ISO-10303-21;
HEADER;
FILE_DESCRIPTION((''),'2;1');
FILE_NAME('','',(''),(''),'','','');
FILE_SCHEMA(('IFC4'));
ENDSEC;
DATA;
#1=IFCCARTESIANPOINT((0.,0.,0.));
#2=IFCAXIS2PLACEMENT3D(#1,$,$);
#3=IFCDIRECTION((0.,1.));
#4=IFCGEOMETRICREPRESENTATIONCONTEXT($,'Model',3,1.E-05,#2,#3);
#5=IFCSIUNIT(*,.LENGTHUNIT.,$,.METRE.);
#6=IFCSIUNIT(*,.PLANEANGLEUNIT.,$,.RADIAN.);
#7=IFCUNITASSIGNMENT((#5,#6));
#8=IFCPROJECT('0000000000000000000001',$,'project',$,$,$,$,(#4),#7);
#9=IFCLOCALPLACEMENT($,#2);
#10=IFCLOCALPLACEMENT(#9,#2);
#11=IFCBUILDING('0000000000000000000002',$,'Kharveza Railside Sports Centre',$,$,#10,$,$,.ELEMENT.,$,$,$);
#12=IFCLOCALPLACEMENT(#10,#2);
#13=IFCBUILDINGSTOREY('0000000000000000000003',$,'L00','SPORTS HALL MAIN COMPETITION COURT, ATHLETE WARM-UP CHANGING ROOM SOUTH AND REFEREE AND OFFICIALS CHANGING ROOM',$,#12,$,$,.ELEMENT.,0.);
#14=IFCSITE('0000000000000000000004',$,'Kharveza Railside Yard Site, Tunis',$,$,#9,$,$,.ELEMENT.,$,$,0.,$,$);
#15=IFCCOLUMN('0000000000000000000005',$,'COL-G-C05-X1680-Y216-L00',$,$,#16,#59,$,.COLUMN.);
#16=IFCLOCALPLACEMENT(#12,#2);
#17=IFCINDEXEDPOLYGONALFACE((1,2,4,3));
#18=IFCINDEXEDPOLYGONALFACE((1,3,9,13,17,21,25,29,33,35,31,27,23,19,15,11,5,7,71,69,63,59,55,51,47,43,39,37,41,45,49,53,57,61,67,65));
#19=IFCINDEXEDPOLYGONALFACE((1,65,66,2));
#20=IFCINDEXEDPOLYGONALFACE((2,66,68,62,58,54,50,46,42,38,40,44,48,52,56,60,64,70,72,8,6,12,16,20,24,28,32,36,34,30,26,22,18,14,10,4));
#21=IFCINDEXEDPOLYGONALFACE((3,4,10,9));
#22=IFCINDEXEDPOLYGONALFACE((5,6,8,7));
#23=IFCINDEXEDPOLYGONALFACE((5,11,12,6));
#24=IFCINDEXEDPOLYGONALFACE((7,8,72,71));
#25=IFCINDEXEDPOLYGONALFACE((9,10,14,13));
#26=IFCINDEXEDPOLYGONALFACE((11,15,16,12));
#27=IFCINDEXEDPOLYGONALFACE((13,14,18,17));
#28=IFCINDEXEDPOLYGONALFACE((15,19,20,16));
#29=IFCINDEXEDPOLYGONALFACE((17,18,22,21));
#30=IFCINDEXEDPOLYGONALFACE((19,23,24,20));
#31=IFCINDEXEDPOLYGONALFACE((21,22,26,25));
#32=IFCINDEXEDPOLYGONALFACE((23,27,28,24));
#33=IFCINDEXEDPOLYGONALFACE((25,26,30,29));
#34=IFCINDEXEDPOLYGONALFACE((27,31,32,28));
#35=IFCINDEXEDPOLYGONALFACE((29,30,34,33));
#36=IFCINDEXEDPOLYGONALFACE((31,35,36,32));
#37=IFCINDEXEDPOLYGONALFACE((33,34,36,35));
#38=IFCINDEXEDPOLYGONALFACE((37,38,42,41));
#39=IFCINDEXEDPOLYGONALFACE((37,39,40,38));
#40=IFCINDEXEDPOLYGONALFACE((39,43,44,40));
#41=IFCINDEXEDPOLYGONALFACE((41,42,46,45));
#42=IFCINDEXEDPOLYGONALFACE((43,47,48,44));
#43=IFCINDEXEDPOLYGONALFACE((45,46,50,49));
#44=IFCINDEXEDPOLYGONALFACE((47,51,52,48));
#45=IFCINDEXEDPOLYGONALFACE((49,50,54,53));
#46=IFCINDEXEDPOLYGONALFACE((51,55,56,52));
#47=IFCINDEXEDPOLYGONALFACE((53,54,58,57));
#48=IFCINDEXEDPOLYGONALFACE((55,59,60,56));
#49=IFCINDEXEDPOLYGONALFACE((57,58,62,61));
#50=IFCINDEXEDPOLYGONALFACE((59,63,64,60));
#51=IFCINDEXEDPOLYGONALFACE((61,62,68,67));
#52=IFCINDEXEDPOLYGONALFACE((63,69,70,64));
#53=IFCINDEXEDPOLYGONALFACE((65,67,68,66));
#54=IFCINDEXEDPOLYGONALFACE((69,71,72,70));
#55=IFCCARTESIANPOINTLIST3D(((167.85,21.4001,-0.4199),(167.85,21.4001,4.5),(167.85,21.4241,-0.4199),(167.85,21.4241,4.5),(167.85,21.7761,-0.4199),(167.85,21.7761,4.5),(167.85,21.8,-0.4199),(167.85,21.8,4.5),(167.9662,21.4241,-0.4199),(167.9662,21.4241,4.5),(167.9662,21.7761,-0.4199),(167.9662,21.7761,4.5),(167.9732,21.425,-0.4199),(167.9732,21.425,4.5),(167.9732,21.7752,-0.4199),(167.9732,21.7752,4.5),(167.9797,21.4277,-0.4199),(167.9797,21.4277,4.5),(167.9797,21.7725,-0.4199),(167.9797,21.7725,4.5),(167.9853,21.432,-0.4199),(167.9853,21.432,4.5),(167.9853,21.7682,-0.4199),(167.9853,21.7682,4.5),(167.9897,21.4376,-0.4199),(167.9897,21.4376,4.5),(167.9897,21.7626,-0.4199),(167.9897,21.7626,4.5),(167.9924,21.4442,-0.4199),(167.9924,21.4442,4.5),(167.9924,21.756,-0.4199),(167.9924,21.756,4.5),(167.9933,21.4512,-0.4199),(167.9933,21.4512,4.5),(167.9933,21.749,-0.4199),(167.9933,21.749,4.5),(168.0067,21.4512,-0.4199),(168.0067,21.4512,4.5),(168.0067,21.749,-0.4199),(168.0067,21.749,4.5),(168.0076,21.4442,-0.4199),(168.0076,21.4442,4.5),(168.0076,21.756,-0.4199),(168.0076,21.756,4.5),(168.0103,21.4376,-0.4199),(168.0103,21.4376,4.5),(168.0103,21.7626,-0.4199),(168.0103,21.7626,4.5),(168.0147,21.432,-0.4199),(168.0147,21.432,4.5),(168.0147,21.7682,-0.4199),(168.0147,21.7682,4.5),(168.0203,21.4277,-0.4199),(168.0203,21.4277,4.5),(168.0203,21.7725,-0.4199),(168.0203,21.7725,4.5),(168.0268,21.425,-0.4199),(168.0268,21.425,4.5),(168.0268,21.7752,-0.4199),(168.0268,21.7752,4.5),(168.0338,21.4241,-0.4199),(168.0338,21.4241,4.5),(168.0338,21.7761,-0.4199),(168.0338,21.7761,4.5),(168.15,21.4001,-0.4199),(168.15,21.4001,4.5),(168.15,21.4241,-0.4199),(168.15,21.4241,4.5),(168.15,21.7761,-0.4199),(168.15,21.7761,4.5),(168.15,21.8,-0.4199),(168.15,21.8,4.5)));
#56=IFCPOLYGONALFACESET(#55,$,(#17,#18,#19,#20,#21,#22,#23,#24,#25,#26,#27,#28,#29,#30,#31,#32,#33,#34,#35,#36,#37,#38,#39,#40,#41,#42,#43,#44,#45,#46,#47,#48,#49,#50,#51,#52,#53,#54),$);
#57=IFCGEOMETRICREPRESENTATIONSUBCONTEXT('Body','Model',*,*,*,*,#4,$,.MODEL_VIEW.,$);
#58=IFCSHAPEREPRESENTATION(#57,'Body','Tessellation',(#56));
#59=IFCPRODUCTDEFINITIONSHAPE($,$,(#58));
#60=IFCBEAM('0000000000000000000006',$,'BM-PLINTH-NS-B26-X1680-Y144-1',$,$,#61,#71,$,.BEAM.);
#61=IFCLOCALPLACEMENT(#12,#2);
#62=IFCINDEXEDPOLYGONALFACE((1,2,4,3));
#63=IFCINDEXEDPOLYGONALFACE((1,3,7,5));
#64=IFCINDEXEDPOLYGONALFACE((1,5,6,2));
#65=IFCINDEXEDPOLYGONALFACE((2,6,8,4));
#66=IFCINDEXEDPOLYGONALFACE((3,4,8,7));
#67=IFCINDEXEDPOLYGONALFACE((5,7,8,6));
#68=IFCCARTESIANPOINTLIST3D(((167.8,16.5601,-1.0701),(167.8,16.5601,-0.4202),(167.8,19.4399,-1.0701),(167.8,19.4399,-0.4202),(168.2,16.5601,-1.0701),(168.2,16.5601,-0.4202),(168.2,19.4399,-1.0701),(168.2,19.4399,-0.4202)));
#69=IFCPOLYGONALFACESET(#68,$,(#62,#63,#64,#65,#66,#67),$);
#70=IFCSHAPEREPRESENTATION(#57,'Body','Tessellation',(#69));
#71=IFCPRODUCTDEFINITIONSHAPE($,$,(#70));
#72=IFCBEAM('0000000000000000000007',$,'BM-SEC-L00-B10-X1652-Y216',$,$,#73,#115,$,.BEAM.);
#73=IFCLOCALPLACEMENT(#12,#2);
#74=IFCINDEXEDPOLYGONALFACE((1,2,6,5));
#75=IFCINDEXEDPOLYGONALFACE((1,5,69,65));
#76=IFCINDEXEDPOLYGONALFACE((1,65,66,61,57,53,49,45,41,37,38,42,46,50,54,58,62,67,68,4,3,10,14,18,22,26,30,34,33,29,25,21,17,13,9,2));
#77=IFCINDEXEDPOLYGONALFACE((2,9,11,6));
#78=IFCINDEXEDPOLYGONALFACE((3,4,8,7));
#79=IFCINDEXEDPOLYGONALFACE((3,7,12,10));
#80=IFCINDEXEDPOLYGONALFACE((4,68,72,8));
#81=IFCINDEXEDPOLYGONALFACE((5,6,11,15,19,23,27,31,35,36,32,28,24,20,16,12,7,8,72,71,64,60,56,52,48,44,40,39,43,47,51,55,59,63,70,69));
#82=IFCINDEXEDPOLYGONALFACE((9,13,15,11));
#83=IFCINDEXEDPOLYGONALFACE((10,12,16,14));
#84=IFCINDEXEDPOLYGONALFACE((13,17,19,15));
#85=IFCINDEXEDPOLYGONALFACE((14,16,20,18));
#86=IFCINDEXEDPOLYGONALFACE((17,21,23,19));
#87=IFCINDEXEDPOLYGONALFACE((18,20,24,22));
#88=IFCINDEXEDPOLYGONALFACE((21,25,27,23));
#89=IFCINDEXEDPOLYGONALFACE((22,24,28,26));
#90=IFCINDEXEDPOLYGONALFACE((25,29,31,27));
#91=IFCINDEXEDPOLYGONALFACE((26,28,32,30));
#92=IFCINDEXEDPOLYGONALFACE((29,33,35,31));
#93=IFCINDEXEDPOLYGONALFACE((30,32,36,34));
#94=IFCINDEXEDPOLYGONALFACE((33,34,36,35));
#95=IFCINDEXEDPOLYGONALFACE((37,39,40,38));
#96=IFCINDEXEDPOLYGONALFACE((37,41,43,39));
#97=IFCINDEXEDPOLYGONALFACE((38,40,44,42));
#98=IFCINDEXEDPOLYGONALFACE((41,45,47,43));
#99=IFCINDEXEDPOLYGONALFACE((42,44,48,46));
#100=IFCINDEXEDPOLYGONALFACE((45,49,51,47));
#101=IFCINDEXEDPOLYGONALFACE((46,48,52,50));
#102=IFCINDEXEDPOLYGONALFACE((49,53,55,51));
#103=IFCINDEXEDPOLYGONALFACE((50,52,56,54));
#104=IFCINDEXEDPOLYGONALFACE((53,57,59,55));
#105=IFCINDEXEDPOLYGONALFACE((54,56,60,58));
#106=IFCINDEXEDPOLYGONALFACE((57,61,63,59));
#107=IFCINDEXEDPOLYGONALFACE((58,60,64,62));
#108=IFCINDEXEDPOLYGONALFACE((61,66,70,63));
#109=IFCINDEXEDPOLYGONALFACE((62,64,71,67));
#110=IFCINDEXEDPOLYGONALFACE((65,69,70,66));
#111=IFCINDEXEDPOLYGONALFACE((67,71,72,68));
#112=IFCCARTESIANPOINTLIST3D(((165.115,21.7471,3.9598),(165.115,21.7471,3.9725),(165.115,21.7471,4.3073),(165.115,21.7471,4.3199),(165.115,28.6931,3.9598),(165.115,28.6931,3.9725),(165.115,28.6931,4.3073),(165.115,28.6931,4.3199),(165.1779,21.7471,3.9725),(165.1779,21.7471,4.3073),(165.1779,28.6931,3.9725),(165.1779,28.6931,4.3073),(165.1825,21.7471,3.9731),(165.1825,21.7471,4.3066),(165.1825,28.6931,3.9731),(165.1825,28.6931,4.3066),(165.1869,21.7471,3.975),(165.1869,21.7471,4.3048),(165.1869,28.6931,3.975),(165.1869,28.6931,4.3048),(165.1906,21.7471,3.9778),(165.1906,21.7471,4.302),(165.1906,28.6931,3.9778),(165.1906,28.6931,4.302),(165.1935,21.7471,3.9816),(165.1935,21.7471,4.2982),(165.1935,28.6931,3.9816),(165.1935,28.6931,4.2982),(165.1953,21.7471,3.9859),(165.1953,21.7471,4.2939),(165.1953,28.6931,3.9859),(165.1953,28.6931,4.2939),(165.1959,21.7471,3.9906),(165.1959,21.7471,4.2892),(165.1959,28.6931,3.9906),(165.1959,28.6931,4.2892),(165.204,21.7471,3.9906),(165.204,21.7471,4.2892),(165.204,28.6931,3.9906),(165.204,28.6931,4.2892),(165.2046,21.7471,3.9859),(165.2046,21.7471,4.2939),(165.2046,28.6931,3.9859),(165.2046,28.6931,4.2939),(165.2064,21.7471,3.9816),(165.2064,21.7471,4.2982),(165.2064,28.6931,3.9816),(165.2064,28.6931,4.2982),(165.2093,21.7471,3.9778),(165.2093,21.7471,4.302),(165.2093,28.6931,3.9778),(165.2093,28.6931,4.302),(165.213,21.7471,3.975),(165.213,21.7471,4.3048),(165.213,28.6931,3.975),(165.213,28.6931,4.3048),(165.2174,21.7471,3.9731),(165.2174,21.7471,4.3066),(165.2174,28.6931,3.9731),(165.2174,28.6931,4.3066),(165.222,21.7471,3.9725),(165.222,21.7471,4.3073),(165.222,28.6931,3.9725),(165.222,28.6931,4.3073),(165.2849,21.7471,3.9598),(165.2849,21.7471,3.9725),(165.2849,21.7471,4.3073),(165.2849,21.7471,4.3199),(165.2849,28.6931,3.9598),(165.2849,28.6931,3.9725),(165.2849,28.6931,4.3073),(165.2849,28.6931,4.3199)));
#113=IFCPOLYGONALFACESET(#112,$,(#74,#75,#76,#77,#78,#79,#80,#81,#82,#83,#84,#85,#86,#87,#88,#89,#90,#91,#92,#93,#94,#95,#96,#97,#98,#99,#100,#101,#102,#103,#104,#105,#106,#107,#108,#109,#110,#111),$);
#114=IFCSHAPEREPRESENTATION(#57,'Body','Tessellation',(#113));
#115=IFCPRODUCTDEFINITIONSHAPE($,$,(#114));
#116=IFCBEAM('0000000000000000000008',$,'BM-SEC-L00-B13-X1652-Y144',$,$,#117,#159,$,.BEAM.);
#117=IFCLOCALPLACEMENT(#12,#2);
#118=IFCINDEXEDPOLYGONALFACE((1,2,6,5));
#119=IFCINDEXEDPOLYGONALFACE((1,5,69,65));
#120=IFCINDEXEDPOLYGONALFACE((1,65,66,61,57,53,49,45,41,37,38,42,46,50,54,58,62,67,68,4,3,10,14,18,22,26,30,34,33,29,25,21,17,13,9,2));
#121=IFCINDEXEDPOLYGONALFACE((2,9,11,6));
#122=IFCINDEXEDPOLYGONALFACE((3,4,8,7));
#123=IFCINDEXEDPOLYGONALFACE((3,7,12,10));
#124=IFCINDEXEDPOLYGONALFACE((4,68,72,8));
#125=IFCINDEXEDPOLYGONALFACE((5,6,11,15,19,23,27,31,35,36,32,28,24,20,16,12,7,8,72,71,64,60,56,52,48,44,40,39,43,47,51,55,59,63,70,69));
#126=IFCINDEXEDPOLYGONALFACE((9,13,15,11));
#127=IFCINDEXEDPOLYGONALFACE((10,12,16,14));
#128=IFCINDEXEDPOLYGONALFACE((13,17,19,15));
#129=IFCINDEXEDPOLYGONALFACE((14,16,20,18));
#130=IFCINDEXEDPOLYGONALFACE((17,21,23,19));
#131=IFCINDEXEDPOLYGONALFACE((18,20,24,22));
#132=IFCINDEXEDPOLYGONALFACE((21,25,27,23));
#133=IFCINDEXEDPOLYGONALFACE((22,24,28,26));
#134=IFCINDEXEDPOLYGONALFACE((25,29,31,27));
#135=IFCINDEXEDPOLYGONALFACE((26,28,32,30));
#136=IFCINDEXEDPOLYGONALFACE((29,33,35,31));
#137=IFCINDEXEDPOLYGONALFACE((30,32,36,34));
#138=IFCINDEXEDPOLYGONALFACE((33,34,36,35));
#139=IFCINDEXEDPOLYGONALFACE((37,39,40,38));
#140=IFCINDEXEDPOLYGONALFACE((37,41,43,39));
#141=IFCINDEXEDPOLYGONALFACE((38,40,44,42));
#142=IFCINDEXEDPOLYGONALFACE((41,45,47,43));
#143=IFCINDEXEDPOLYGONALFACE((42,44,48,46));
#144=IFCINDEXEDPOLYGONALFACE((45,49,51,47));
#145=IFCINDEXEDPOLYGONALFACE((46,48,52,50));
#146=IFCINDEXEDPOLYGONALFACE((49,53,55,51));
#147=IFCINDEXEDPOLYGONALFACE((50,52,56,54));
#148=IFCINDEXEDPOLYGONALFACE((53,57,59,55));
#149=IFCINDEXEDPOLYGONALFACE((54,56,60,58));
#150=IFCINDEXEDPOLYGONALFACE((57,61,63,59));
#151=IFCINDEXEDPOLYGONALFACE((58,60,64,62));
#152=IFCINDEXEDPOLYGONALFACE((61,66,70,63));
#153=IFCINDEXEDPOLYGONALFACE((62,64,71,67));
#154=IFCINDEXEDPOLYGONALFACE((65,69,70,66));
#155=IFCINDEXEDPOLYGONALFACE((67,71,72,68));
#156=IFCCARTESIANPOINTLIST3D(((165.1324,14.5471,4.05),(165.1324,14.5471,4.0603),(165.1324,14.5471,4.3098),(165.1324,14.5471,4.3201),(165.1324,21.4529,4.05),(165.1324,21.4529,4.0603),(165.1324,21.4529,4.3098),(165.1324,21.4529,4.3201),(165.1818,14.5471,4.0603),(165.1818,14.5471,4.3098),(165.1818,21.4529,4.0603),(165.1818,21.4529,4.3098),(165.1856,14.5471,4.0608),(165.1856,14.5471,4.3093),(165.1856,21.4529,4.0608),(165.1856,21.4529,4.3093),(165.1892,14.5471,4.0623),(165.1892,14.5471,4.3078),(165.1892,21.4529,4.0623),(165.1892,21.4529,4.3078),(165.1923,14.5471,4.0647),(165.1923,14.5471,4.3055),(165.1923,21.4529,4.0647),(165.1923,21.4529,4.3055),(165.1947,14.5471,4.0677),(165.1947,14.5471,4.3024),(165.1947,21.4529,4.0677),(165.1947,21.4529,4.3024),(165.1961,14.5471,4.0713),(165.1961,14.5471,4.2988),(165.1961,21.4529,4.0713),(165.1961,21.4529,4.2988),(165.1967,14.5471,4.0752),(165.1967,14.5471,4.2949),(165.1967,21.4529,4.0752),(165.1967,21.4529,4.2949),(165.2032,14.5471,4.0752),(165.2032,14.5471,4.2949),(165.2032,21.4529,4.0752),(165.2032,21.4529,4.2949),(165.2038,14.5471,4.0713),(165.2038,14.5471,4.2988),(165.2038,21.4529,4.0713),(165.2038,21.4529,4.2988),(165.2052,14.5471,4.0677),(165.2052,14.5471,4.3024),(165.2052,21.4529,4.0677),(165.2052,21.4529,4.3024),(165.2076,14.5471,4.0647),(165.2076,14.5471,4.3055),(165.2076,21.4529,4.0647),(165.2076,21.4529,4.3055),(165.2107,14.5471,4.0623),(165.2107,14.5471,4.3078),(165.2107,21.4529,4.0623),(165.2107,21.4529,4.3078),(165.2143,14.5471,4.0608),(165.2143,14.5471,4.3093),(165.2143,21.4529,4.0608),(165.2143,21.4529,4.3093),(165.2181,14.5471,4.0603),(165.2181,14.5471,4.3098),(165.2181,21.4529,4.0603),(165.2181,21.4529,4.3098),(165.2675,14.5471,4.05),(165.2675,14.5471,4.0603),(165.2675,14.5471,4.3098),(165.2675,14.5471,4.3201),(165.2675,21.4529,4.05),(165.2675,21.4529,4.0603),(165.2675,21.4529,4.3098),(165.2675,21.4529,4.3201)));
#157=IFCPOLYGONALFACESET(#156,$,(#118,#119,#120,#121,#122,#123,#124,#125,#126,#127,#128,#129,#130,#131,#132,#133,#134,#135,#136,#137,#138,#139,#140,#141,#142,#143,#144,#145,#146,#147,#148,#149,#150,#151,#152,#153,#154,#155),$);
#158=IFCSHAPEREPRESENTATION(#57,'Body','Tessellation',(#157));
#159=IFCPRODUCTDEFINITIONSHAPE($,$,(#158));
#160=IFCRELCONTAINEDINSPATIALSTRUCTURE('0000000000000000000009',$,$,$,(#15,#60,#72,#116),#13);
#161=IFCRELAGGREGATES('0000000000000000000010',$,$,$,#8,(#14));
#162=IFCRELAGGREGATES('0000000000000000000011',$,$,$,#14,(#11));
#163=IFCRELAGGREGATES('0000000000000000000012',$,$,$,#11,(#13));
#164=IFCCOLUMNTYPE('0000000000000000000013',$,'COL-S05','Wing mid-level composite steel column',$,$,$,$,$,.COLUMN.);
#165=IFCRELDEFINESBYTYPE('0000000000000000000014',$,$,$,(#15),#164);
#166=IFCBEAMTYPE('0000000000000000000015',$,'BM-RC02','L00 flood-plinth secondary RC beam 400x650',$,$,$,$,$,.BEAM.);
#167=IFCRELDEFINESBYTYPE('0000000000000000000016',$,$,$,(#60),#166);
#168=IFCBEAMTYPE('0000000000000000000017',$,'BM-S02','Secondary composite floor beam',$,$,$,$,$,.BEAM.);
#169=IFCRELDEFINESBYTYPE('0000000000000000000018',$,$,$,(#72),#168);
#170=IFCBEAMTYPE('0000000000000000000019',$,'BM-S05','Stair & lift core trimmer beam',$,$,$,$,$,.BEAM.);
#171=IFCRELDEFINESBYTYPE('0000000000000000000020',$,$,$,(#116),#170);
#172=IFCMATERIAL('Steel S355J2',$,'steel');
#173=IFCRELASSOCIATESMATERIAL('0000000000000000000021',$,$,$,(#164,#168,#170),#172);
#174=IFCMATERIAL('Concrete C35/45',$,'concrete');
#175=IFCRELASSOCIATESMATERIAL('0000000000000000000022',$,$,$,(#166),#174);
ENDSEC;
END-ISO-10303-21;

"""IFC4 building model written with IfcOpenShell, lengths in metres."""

from ifc_helpers import new_model, si_unit, direction, frame, origin, origin_2d, place, context, subcontext, project, spatial, rectangle, i_section, extrude, material, material_profile, profile_set, type_object, element, save


model = new_model("IFC4")

# Units and contexts
model_context = context("Model", 3, precision=1e-05, world=origin(), true_north=direction((0.0, 1.0)))
body_context = subcontext(model_context, "Body", "Model", "MODEL_VIEW")
ifc_project = project(units=[si_unit("LENGTHUNIT", "METRE"), si_unit("PLANEANGLEUNIT", "RADIAN")], contexts=[model_context])

# Site, building, storey
site_placement = place(None, origin())
site = spatial("IfcSite", under=ifc_project, at=site_placement, Name="Kharveza Railside Yard Site, Tunis", CompositionType="ELEMENT", RefElevation=0.0)
building_placement = place(site_placement, origin())
building = spatial("IfcBuilding", under=site, at=building_placement, Name="Kharveza Railside Sports Centre", CompositionType="ELEMENT")
storey_placement = place(building_placement, origin())
storey = spatial("IfcBuildingStorey", under=building, at=storey_placement, Name="L00", Description="SPORTS HALL MAIN COMPETITION COURT, ATHLETE WARM-UP CHANGING ROOM SOUTH AND REFEREE AND OFFICIALS CHANGING ROOM", CompositionType="ELEMENT", Elevation=0.0)

# Shared definitions
ifc_material_1 = material(Name="Concrete C35/45", Category="concrete")

# Column
ifc_material_2 = material(Name="Steel S355J2", Category="steel")
ifc_material_profile_1 = material_profile(ifc_material_2, i_section(OverallWidth=0.3, OverallDepth=0.3999, WebThickness=0.0134, FlangeThickness=0.0239, FilletRadius=0.0271, at=origin_2d()), Name="HEB 400")
ifc_profile_set_1 = profile_set([ifc_material_profile_1], Name="Steel S355J2")
column_type_1 = type_object("IfcColumnType", Name="COL-S05", Description="Wing mid-level composite steel column", PredefinedType="COLUMN", material=ifc_profile_set_1)
column_1_placement = place(storey_placement, frame((168.0, 21.6001, -0.4199), z_axis=(0.0, 0.0, 1.0), x_axis=(1.0, 0.0, 0.0)))
element("IfcColumn", 1, at=column_1_placement, inside=storey, type_object=column_type_1, Name="COL-G-C05-X1680-Y216-L00", PredefinedType="COLUMN", context=body_context, shape_type="SweptSolid", body=[
    extrude(i_section(OverallWidth=0.3, OverallDepth=0.3999, WebThickness=0.0134, FlangeThickness=0.0239, FilletRadius=0.0271, at=origin_2d()), origin(), (0.0, 0.0, 1.0), 4.9199),
])

# Beams
ifc_material_profile_2 = material_profile(ifc_material_1, rectangle(XDim=0.3999, YDim=0.6499, at=origin_2d()), Name="RCB 400x650")
ifc_profile_set_2 = profile_set([ifc_material_profile_2], Name="Concrete C35/45")
beam_type_1 = type_object("IfcBeamType", Name="BM-RC02", Description="L00 flood-plinth secondary RC beam 400x650", PredefinedType="BEAM", material=ifc_profile_set_2)
beam_1_placement = place(storey_placement, frame((168.0, 16.5601, -0.7451), z_axis=(0.0, 1.0, 0.0), x_axis=(-1.0, 0.0, 0.0)))
element("IfcBeam", 2, at=beam_1_placement, inside=storey, type_object=beam_type_1, Name="BM-PLINTH-NS-B26-X1680-Y144-1", PredefinedType="BEAM", context=body_context, shape_type="SweptSolid", body=[
    extrude(rectangle(XDim=0.3999, YDim=0.6499, at=origin_2d()), origin(), (0.0, 0.0, 1.0), 2.8799),
])
ifc_material_profile_3 = material_profile(ifc_material_2, i_section(OverallWidth=0.1699, OverallDepth=0.3601, WebThickness=0.0081, FlangeThickness=0.0127, FilletRadius=0.0181, at=origin_2d()), Name="IPE 360")
ifc_profile_set_3 = profile_set([ifc_material_profile_3], Name="Steel S355J2")
beam_type_2 = type_object("IfcBeamType", Name="BM-S02", Description="Secondary composite floor beam", PredefinedType="BEAM", material=ifc_profile_set_3)
beam_2_placement = place(storey_placement, frame((165.2, 21.7471, 4.1399), z_axis=(0.0, 1.0, 0.0), x_axis=(-1.0, 0.0, 0.0)))
element("IfcBeam", 3, at=beam_2_placement, inside=storey, type_object=beam_type_2, Name="BM-SEC-L00-B10-X1652-Y216", PredefinedType="BEAM", context=body_context, shape_type="SweptSolid", body=[
    extrude(i_section(OverallWidth=0.1699, OverallDepth=0.3601, WebThickness=0.0081, FlangeThickness=0.0127, FilletRadius=0.0181, at=origin_2d()), origin(), (0.0, 0.0, 1.0), 6.946),
])
ifc_material_profile_4 = material_profile(ifc_material_2, i_section(OverallWidth=0.135, OverallDepth=0.27, WebThickness=0.0066, FlangeThickness=0.0103, FilletRadius=0.0149, at=origin_2d()), Name="IPE 270")
ifc_profile_set_4 = profile_set([ifc_material_profile_4], Name="Steel S355J2")
beam_type_3 = type_object("IfcBeamType", Name="BM-S05", Description="Stair & lift core trimmer beam", PredefinedType="BEAM", material=ifc_profile_set_4)
beam_3_placement = place(storey_placement, frame((165.2, 14.5471, 4.1851), z_axis=(0.0, 1.0, 0.0), x_axis=(-1.0, 0.0, 0.0)))
element("IfcBeam", 4, at=beam_3_placement, inside=storey, type_object=beam_type_3, Name="BM-SEC-L00-B13-X1652-Y144", PredefinedType="BEAM", context=body_context, shape_type="SweptSolid", body=[
    extrude(i_section(OverallWidth=0.135, OverallDepth=0.27, WebThickness=0.0066, FlangeThickness=0.0103, FilletRadius=0.0149, at=origin_2d()), origin(), (0.0, 0.0, 1.0), 6.9058),
])

save(model, "model.ifc")
